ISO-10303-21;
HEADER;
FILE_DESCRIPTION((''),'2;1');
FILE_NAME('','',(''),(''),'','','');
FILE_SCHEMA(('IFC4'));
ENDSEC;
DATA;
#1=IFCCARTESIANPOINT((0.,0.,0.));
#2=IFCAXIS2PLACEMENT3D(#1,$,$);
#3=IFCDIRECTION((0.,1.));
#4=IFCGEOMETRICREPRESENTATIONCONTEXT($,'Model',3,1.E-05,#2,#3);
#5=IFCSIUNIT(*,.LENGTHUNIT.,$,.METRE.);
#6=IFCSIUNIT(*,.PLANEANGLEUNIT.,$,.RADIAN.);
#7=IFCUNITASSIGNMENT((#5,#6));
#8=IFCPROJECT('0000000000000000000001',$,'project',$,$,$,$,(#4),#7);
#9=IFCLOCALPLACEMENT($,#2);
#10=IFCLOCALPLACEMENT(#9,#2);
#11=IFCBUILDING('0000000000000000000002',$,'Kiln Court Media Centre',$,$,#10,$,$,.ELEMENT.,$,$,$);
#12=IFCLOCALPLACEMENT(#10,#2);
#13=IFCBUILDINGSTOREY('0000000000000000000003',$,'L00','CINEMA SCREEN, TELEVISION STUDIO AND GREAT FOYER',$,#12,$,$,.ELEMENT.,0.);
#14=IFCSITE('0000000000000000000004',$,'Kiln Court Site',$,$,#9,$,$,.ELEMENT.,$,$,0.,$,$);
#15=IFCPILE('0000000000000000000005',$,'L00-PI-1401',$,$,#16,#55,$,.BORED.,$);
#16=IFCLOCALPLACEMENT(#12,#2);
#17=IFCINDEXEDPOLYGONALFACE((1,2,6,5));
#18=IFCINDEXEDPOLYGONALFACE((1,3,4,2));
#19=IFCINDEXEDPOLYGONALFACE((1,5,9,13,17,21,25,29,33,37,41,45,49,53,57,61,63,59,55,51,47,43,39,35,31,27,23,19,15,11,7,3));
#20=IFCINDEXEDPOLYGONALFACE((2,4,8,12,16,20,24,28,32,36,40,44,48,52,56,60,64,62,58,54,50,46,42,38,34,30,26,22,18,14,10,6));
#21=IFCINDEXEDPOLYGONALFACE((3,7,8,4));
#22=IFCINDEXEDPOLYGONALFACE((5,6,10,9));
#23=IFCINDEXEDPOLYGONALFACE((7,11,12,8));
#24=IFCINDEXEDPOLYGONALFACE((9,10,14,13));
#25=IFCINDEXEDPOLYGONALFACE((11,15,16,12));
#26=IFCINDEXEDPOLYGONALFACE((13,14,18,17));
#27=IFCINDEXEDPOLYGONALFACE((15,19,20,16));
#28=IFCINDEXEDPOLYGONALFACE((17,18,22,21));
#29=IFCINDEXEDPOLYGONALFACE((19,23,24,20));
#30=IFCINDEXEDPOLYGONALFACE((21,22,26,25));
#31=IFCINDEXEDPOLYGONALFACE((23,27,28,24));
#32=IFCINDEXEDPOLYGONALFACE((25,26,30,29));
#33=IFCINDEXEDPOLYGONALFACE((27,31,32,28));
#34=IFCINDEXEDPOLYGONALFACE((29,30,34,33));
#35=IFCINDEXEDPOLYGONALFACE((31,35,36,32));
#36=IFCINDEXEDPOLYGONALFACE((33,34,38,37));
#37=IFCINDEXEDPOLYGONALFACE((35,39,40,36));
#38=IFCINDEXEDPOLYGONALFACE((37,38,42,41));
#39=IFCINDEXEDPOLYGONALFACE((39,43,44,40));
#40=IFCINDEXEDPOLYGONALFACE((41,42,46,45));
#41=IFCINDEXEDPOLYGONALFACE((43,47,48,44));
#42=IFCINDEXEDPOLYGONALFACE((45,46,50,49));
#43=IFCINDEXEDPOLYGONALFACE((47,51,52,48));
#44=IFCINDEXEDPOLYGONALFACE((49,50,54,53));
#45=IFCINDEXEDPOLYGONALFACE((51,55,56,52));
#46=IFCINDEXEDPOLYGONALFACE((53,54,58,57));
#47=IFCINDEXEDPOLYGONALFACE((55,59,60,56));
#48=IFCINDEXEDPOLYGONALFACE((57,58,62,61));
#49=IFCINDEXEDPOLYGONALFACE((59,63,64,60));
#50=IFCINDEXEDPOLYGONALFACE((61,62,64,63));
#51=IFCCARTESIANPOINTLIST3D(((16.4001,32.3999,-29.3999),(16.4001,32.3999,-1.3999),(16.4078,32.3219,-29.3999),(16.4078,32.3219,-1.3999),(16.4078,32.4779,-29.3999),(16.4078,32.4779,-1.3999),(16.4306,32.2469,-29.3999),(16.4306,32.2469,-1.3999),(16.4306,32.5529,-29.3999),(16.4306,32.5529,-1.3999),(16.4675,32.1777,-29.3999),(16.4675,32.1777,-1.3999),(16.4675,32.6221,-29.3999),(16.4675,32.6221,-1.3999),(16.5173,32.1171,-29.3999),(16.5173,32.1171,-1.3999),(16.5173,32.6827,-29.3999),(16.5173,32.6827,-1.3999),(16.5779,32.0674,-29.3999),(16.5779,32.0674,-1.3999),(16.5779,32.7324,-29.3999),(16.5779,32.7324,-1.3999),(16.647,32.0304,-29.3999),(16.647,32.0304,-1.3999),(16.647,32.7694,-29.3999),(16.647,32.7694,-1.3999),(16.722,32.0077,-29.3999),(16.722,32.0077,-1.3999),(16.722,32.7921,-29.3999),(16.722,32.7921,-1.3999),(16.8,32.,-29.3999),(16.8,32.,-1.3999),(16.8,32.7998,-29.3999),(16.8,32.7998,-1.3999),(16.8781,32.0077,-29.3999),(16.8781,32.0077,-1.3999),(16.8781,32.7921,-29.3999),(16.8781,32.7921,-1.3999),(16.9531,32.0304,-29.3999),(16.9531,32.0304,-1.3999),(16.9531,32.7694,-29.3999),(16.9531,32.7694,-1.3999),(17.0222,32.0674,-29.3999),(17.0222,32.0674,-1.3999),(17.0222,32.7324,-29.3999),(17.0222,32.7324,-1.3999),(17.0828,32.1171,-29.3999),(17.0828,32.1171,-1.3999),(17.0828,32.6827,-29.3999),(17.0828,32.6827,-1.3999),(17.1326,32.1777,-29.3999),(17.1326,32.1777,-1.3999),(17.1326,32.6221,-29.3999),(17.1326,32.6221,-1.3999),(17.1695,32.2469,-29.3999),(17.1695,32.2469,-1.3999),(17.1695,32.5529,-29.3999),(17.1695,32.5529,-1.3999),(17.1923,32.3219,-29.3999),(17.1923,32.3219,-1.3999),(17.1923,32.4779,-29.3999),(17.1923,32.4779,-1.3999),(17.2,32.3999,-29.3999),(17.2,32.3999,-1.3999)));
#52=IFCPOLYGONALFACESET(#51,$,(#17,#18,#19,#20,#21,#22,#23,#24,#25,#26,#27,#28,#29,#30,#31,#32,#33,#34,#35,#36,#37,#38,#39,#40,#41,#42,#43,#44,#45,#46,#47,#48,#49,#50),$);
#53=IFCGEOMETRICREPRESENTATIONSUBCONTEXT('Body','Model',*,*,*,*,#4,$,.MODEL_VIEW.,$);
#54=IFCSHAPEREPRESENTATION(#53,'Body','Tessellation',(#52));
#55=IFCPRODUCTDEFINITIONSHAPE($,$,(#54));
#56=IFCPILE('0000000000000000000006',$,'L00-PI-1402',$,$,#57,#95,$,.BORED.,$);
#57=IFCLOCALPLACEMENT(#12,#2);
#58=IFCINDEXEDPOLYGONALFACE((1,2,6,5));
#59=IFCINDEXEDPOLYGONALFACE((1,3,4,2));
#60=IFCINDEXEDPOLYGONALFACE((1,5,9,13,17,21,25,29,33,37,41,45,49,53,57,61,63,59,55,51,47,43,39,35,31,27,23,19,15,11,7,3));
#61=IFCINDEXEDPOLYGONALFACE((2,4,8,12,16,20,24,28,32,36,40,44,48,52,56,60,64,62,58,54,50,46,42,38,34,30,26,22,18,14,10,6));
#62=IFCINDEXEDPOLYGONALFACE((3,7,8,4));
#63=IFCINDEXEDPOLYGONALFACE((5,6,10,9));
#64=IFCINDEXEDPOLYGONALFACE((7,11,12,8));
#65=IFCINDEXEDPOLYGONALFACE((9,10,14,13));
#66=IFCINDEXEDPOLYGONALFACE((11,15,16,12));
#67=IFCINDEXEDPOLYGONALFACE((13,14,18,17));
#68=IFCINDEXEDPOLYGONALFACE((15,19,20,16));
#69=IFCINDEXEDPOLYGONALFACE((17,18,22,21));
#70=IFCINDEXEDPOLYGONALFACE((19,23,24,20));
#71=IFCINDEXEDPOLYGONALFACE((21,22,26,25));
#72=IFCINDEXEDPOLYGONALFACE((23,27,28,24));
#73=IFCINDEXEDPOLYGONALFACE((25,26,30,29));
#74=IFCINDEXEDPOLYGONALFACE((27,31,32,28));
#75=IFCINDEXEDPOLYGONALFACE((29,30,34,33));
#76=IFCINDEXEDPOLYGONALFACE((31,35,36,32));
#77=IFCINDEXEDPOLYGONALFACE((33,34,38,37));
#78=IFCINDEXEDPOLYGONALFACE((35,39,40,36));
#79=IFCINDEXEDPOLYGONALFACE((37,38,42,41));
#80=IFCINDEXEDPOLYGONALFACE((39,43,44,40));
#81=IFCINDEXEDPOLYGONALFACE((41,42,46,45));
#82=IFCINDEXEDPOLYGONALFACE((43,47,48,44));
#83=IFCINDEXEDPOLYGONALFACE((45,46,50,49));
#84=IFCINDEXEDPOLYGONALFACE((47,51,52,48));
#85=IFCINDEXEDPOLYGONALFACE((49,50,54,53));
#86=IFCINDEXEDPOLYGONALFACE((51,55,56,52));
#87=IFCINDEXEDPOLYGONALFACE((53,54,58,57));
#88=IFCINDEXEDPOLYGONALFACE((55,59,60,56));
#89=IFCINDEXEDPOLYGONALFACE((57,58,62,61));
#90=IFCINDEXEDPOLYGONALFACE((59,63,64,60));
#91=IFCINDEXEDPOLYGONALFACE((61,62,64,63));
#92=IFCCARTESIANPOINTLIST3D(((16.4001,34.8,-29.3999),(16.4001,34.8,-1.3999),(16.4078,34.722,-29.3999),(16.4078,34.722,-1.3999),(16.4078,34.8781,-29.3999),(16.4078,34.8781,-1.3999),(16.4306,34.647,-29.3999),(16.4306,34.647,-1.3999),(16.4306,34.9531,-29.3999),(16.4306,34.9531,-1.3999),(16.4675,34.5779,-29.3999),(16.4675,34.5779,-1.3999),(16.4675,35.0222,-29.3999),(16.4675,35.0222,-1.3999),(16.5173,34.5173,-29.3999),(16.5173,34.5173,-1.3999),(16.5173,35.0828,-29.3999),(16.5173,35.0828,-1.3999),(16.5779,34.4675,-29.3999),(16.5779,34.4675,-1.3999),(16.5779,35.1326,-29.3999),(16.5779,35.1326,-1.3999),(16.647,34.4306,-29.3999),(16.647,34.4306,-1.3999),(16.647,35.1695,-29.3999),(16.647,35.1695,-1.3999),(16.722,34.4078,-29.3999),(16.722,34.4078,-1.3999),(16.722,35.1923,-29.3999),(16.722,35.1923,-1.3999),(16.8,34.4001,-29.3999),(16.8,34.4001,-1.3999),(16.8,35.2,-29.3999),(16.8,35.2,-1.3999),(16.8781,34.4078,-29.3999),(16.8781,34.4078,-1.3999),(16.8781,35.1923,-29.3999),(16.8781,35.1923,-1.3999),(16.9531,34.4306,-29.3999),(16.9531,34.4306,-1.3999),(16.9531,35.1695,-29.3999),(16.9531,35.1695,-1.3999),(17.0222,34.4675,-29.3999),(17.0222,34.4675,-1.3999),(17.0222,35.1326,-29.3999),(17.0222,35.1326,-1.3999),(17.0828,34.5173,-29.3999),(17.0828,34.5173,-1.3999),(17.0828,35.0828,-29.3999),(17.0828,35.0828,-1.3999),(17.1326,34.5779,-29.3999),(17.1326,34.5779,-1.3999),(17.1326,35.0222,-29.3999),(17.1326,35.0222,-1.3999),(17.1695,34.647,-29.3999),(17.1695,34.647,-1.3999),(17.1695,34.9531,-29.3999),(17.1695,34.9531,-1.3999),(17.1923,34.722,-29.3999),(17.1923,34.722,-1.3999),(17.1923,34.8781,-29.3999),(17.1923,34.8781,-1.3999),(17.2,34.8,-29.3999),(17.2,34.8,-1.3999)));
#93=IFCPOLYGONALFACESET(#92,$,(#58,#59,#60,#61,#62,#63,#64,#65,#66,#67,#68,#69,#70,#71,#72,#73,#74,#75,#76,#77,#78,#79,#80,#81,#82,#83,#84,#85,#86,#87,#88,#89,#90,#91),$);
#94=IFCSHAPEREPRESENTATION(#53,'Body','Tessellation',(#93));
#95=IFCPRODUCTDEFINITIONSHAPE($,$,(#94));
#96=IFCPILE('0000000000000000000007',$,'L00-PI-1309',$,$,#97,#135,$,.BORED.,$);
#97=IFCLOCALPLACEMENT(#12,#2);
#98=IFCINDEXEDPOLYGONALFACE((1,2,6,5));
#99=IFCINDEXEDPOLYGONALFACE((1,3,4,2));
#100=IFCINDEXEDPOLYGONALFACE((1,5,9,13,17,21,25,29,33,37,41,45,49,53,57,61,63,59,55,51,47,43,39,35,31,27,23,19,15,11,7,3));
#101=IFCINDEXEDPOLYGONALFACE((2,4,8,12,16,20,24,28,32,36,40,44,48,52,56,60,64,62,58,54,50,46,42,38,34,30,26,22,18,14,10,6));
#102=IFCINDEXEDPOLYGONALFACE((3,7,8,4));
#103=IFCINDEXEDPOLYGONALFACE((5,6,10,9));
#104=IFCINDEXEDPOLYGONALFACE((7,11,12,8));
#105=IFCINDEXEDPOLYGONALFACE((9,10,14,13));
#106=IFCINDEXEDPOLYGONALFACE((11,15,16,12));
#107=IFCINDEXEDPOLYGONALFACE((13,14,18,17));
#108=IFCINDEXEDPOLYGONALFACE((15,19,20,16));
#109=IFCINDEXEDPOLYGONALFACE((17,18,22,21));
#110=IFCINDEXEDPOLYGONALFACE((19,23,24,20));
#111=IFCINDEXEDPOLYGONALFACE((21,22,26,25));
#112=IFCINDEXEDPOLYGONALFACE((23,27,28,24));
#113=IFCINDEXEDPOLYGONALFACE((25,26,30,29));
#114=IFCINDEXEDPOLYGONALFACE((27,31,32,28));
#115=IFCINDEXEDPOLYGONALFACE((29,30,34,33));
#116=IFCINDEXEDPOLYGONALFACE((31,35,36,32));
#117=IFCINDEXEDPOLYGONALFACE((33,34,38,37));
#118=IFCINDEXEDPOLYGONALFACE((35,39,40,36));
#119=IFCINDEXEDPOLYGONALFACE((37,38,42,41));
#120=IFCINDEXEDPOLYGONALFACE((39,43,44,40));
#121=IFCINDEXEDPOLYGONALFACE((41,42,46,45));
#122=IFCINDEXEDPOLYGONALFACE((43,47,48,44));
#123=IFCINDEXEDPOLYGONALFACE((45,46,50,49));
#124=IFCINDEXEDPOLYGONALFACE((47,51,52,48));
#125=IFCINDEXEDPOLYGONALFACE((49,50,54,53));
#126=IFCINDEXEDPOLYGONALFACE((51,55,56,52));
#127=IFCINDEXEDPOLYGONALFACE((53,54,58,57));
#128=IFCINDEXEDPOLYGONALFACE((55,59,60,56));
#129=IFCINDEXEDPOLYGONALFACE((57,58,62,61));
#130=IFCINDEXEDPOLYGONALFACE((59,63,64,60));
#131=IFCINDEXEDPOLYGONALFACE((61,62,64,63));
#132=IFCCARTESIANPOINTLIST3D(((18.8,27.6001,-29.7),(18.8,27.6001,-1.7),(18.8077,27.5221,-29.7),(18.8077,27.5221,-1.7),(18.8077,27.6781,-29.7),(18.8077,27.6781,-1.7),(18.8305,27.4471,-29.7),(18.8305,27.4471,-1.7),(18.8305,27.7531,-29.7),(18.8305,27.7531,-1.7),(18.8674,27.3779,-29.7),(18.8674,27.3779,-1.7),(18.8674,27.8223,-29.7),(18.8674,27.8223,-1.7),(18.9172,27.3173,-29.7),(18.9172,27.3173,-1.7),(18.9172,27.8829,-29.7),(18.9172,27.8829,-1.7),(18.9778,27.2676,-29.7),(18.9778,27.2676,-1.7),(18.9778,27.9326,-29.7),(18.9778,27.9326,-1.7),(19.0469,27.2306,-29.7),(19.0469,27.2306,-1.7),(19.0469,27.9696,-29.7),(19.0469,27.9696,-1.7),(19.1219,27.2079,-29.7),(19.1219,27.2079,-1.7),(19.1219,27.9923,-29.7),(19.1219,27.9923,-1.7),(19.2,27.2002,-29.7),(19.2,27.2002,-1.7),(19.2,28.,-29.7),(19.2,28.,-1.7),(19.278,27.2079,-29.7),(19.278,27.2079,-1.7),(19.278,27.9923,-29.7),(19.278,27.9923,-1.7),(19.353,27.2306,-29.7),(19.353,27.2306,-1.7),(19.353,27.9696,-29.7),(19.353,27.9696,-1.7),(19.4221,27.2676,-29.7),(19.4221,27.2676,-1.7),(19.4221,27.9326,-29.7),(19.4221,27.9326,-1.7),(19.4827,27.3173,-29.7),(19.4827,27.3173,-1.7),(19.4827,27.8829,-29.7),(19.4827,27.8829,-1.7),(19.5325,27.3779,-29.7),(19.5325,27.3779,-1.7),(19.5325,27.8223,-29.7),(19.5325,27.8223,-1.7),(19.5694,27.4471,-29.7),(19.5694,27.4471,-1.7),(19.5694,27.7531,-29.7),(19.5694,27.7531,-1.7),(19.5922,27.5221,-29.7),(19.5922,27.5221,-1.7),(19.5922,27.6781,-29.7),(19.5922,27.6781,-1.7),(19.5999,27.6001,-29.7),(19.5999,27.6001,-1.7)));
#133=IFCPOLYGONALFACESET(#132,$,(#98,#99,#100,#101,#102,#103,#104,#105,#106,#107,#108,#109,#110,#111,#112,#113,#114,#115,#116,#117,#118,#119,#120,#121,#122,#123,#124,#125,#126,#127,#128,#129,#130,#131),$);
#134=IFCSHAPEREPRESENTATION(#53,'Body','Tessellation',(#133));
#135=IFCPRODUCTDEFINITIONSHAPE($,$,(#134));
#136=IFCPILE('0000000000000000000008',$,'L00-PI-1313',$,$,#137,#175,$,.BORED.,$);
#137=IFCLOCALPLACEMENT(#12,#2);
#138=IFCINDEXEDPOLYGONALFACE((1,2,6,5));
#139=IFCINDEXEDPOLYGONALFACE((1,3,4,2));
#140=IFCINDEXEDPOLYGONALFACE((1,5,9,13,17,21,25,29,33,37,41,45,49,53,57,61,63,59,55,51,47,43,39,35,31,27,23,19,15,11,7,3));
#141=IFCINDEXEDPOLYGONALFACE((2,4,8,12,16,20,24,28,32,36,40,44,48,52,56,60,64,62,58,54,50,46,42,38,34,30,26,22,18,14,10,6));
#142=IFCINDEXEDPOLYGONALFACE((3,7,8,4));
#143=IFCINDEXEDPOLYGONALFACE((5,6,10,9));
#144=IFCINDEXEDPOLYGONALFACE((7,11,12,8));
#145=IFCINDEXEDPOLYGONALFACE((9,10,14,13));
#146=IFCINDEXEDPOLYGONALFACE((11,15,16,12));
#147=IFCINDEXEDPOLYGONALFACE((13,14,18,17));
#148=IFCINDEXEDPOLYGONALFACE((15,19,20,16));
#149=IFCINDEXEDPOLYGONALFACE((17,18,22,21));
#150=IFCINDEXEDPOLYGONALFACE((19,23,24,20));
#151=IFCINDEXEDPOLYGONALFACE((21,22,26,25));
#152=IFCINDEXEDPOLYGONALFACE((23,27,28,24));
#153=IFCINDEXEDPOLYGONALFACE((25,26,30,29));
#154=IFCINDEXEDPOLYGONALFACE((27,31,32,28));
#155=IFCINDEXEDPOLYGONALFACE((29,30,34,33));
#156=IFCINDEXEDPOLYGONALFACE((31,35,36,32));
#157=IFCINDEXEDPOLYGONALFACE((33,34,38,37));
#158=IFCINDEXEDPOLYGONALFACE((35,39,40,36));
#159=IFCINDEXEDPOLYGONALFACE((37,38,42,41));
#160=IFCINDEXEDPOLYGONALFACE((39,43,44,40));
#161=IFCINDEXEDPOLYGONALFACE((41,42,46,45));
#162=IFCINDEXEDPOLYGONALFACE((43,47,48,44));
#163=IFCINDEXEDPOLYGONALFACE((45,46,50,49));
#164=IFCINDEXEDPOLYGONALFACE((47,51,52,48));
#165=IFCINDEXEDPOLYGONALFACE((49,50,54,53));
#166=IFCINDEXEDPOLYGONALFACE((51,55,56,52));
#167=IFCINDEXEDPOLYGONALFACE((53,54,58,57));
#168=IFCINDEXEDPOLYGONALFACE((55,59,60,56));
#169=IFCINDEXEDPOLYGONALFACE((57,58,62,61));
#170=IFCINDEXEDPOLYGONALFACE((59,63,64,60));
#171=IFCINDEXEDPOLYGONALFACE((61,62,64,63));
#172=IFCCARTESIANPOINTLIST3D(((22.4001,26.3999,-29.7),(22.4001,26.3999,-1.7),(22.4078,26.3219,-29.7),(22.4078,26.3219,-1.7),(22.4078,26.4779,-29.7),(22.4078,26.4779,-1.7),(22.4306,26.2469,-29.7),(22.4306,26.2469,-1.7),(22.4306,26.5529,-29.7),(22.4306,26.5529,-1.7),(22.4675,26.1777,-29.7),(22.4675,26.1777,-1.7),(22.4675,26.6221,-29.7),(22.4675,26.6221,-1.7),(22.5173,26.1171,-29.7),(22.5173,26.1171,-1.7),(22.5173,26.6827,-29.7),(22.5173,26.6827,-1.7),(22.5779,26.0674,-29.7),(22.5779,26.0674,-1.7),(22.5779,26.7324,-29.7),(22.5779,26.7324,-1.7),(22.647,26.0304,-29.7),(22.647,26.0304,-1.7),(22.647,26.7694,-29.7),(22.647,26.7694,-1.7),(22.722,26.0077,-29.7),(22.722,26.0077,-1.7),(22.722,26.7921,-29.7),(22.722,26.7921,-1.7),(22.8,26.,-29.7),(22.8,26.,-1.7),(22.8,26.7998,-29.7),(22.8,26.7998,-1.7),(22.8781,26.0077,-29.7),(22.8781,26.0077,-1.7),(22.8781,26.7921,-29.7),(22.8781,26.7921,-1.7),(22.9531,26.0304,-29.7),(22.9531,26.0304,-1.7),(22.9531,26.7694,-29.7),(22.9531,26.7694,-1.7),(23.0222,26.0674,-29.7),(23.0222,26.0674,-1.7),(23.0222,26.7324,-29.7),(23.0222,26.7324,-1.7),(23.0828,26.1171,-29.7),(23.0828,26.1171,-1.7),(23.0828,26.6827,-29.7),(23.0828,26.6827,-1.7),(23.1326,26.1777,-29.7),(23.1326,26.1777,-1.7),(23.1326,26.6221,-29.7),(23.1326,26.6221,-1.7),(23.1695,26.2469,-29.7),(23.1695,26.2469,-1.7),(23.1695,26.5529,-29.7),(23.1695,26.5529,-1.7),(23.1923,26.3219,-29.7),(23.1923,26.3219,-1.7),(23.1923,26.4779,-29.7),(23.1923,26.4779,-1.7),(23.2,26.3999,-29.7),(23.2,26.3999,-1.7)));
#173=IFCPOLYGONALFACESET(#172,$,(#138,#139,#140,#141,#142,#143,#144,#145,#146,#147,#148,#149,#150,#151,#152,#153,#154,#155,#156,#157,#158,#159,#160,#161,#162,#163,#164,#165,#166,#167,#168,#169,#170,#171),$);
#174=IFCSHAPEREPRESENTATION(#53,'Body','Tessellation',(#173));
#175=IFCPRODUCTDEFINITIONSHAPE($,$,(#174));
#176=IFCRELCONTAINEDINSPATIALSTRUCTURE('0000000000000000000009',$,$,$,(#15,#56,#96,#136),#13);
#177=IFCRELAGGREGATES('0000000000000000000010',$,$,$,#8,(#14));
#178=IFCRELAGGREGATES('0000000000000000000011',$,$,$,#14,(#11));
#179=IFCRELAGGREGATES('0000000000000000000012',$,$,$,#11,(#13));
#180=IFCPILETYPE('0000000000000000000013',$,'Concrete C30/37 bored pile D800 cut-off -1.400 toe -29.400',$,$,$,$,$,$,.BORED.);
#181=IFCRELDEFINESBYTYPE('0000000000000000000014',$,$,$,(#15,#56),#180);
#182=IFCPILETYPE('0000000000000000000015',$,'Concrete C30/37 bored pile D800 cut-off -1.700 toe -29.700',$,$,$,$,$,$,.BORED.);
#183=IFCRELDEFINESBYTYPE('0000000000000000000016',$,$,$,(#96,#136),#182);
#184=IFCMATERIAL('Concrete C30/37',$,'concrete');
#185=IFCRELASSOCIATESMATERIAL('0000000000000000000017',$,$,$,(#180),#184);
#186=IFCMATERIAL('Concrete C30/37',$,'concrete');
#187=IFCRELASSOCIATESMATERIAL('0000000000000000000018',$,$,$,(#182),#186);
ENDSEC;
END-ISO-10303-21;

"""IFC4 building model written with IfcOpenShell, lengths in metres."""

from ifc_helpers import new_model, si_unit, direction, frame, origin, origin_2d, place, context, subcontext, project, spatial, circle, extrude, material, material_profile, profile_set, type_object, element, save


model = new_model("IFC4")

# Units and contexts
model_context = context("Model", 3, precision=1e-05, world=origin(), true_north=direction((0.0, 1.0)))
body_context = subcontext(model_context, "Body", "Model", "MODEL_VIEW")
ifc_project = project(units=[si_unit("LENGTHUNIT", "METRE"), si_unit("PLANEANGLEUNIT", "RADIAN")], contexts=[model_context])

# Site, building, storey
site_placement = place(None, origin())
site = spatial("IfcSite", under=ifc_project, at=site_placement, Name="Kiln Court Site", CompositionType="ELEMENT", RefElevation=0.0)
building_placement = place(site_placement, origin())
building = spatial("IfcBuilding", under=site, at=building_placement, Name="Kiln Court Media Centre", CompositionType="ELEMENT")
storey_placement = place(building_placement, origin())
storey = spatial("IfcBuildingStorey", under=building, at=storey_placement, Name="L00", Description="CINEMA SCREEN, TELEVISION STUDIO AND GREAT FOYER", CompositionType="ELEMENT", Elevation=0.0)

# Piles
ifc_material_1 = material(Name="Concrete C30/37", Category="concrete")
ifc_material_profile_1 = material_profile(ifc_material_1, circle(Radius=0.3999, at=origin_2d()), Name="PILE D800")
ifc_profile_set_1 = profile_set([ifc_material_profile_1], Name="Concrete C30/37")
pile_type_1 = type_object("IfcPileType", Name="Concrete C30/37 bored pile D800 cut-off -1.400 toe -29.400", PredefinedType="BORED", material=ifc_profile_set_1)
for number, where, z_axis, x_axis, name in (
    (1, (16.8, 32.3999, -1.3999), (0.0, 0.0, -1.0), (1.0, 0.0, 0.0), "L00-PI-1401"),
    (2, (16.8, 34.8, -1.3999), (0.0, 0.0, -1.0), (1.0, 0.0, 0.0), "L00-PI-1402"),
):
    element("IfcPile", number, at=place(storey_placement, frame(where, z_axis=z_axis, x_axis=x_axis)), inside=storey, type_object=pile_type_1, Name=name, PredefinedType="BORED", context=body_context, shape_type="SweptSolid", body=[
        extrude(circle(Radius=0.3999, at=origin_2d()), origin(), (0.0, 0.0, 1.0), 28.0),
    ])
ifc_material_2 = material(Name="Concrete C30/37", Category="concrete")
ifc_material_profile_2 = material_profile(ifc_material_2, circle(Radius=0.3999, at=origin_2d()), Name="PILE D800")
ifc_profile_set_2 = profile_set([ifc_material_profile_2], Name="Concrete C30/37")
pile_type_2 = type_object("IfcPileType", Name="Concrete C30/37 bored pile D800 cut-off -1.700 toe -29.700", PredefinedType="BORED", material=ifc_profile_set_2)
for number, where, z_axis, x_axis, name in (
    (3, (19.2, 27.6001, -1.7), (0.0, 0.0, -1.0), (1.0, 0.0, 0.0), "L00-PI-1309"),
    (4, (22.8, 26.3999, -1.7), (0.0, 0.0, -1.0), (1.0, 0.0, 0.0), "L00-PI-1313"),
):
    element("IfcPile", number, at=place(storey_placement, frame(where, z_axis=z_axis, x_axis=x_axis)), inside=storey, type_object=pile_type_2, Name=name, PredefinedType="BORED", context=body_context, shape_type="SweptSolid", body=[
        extrude(circle(Radius=0.3999, at=origin_2d()), origin(), (0.0, 0.0, 1.0), 28.0),
    ])

save(model, "model.ifc")
